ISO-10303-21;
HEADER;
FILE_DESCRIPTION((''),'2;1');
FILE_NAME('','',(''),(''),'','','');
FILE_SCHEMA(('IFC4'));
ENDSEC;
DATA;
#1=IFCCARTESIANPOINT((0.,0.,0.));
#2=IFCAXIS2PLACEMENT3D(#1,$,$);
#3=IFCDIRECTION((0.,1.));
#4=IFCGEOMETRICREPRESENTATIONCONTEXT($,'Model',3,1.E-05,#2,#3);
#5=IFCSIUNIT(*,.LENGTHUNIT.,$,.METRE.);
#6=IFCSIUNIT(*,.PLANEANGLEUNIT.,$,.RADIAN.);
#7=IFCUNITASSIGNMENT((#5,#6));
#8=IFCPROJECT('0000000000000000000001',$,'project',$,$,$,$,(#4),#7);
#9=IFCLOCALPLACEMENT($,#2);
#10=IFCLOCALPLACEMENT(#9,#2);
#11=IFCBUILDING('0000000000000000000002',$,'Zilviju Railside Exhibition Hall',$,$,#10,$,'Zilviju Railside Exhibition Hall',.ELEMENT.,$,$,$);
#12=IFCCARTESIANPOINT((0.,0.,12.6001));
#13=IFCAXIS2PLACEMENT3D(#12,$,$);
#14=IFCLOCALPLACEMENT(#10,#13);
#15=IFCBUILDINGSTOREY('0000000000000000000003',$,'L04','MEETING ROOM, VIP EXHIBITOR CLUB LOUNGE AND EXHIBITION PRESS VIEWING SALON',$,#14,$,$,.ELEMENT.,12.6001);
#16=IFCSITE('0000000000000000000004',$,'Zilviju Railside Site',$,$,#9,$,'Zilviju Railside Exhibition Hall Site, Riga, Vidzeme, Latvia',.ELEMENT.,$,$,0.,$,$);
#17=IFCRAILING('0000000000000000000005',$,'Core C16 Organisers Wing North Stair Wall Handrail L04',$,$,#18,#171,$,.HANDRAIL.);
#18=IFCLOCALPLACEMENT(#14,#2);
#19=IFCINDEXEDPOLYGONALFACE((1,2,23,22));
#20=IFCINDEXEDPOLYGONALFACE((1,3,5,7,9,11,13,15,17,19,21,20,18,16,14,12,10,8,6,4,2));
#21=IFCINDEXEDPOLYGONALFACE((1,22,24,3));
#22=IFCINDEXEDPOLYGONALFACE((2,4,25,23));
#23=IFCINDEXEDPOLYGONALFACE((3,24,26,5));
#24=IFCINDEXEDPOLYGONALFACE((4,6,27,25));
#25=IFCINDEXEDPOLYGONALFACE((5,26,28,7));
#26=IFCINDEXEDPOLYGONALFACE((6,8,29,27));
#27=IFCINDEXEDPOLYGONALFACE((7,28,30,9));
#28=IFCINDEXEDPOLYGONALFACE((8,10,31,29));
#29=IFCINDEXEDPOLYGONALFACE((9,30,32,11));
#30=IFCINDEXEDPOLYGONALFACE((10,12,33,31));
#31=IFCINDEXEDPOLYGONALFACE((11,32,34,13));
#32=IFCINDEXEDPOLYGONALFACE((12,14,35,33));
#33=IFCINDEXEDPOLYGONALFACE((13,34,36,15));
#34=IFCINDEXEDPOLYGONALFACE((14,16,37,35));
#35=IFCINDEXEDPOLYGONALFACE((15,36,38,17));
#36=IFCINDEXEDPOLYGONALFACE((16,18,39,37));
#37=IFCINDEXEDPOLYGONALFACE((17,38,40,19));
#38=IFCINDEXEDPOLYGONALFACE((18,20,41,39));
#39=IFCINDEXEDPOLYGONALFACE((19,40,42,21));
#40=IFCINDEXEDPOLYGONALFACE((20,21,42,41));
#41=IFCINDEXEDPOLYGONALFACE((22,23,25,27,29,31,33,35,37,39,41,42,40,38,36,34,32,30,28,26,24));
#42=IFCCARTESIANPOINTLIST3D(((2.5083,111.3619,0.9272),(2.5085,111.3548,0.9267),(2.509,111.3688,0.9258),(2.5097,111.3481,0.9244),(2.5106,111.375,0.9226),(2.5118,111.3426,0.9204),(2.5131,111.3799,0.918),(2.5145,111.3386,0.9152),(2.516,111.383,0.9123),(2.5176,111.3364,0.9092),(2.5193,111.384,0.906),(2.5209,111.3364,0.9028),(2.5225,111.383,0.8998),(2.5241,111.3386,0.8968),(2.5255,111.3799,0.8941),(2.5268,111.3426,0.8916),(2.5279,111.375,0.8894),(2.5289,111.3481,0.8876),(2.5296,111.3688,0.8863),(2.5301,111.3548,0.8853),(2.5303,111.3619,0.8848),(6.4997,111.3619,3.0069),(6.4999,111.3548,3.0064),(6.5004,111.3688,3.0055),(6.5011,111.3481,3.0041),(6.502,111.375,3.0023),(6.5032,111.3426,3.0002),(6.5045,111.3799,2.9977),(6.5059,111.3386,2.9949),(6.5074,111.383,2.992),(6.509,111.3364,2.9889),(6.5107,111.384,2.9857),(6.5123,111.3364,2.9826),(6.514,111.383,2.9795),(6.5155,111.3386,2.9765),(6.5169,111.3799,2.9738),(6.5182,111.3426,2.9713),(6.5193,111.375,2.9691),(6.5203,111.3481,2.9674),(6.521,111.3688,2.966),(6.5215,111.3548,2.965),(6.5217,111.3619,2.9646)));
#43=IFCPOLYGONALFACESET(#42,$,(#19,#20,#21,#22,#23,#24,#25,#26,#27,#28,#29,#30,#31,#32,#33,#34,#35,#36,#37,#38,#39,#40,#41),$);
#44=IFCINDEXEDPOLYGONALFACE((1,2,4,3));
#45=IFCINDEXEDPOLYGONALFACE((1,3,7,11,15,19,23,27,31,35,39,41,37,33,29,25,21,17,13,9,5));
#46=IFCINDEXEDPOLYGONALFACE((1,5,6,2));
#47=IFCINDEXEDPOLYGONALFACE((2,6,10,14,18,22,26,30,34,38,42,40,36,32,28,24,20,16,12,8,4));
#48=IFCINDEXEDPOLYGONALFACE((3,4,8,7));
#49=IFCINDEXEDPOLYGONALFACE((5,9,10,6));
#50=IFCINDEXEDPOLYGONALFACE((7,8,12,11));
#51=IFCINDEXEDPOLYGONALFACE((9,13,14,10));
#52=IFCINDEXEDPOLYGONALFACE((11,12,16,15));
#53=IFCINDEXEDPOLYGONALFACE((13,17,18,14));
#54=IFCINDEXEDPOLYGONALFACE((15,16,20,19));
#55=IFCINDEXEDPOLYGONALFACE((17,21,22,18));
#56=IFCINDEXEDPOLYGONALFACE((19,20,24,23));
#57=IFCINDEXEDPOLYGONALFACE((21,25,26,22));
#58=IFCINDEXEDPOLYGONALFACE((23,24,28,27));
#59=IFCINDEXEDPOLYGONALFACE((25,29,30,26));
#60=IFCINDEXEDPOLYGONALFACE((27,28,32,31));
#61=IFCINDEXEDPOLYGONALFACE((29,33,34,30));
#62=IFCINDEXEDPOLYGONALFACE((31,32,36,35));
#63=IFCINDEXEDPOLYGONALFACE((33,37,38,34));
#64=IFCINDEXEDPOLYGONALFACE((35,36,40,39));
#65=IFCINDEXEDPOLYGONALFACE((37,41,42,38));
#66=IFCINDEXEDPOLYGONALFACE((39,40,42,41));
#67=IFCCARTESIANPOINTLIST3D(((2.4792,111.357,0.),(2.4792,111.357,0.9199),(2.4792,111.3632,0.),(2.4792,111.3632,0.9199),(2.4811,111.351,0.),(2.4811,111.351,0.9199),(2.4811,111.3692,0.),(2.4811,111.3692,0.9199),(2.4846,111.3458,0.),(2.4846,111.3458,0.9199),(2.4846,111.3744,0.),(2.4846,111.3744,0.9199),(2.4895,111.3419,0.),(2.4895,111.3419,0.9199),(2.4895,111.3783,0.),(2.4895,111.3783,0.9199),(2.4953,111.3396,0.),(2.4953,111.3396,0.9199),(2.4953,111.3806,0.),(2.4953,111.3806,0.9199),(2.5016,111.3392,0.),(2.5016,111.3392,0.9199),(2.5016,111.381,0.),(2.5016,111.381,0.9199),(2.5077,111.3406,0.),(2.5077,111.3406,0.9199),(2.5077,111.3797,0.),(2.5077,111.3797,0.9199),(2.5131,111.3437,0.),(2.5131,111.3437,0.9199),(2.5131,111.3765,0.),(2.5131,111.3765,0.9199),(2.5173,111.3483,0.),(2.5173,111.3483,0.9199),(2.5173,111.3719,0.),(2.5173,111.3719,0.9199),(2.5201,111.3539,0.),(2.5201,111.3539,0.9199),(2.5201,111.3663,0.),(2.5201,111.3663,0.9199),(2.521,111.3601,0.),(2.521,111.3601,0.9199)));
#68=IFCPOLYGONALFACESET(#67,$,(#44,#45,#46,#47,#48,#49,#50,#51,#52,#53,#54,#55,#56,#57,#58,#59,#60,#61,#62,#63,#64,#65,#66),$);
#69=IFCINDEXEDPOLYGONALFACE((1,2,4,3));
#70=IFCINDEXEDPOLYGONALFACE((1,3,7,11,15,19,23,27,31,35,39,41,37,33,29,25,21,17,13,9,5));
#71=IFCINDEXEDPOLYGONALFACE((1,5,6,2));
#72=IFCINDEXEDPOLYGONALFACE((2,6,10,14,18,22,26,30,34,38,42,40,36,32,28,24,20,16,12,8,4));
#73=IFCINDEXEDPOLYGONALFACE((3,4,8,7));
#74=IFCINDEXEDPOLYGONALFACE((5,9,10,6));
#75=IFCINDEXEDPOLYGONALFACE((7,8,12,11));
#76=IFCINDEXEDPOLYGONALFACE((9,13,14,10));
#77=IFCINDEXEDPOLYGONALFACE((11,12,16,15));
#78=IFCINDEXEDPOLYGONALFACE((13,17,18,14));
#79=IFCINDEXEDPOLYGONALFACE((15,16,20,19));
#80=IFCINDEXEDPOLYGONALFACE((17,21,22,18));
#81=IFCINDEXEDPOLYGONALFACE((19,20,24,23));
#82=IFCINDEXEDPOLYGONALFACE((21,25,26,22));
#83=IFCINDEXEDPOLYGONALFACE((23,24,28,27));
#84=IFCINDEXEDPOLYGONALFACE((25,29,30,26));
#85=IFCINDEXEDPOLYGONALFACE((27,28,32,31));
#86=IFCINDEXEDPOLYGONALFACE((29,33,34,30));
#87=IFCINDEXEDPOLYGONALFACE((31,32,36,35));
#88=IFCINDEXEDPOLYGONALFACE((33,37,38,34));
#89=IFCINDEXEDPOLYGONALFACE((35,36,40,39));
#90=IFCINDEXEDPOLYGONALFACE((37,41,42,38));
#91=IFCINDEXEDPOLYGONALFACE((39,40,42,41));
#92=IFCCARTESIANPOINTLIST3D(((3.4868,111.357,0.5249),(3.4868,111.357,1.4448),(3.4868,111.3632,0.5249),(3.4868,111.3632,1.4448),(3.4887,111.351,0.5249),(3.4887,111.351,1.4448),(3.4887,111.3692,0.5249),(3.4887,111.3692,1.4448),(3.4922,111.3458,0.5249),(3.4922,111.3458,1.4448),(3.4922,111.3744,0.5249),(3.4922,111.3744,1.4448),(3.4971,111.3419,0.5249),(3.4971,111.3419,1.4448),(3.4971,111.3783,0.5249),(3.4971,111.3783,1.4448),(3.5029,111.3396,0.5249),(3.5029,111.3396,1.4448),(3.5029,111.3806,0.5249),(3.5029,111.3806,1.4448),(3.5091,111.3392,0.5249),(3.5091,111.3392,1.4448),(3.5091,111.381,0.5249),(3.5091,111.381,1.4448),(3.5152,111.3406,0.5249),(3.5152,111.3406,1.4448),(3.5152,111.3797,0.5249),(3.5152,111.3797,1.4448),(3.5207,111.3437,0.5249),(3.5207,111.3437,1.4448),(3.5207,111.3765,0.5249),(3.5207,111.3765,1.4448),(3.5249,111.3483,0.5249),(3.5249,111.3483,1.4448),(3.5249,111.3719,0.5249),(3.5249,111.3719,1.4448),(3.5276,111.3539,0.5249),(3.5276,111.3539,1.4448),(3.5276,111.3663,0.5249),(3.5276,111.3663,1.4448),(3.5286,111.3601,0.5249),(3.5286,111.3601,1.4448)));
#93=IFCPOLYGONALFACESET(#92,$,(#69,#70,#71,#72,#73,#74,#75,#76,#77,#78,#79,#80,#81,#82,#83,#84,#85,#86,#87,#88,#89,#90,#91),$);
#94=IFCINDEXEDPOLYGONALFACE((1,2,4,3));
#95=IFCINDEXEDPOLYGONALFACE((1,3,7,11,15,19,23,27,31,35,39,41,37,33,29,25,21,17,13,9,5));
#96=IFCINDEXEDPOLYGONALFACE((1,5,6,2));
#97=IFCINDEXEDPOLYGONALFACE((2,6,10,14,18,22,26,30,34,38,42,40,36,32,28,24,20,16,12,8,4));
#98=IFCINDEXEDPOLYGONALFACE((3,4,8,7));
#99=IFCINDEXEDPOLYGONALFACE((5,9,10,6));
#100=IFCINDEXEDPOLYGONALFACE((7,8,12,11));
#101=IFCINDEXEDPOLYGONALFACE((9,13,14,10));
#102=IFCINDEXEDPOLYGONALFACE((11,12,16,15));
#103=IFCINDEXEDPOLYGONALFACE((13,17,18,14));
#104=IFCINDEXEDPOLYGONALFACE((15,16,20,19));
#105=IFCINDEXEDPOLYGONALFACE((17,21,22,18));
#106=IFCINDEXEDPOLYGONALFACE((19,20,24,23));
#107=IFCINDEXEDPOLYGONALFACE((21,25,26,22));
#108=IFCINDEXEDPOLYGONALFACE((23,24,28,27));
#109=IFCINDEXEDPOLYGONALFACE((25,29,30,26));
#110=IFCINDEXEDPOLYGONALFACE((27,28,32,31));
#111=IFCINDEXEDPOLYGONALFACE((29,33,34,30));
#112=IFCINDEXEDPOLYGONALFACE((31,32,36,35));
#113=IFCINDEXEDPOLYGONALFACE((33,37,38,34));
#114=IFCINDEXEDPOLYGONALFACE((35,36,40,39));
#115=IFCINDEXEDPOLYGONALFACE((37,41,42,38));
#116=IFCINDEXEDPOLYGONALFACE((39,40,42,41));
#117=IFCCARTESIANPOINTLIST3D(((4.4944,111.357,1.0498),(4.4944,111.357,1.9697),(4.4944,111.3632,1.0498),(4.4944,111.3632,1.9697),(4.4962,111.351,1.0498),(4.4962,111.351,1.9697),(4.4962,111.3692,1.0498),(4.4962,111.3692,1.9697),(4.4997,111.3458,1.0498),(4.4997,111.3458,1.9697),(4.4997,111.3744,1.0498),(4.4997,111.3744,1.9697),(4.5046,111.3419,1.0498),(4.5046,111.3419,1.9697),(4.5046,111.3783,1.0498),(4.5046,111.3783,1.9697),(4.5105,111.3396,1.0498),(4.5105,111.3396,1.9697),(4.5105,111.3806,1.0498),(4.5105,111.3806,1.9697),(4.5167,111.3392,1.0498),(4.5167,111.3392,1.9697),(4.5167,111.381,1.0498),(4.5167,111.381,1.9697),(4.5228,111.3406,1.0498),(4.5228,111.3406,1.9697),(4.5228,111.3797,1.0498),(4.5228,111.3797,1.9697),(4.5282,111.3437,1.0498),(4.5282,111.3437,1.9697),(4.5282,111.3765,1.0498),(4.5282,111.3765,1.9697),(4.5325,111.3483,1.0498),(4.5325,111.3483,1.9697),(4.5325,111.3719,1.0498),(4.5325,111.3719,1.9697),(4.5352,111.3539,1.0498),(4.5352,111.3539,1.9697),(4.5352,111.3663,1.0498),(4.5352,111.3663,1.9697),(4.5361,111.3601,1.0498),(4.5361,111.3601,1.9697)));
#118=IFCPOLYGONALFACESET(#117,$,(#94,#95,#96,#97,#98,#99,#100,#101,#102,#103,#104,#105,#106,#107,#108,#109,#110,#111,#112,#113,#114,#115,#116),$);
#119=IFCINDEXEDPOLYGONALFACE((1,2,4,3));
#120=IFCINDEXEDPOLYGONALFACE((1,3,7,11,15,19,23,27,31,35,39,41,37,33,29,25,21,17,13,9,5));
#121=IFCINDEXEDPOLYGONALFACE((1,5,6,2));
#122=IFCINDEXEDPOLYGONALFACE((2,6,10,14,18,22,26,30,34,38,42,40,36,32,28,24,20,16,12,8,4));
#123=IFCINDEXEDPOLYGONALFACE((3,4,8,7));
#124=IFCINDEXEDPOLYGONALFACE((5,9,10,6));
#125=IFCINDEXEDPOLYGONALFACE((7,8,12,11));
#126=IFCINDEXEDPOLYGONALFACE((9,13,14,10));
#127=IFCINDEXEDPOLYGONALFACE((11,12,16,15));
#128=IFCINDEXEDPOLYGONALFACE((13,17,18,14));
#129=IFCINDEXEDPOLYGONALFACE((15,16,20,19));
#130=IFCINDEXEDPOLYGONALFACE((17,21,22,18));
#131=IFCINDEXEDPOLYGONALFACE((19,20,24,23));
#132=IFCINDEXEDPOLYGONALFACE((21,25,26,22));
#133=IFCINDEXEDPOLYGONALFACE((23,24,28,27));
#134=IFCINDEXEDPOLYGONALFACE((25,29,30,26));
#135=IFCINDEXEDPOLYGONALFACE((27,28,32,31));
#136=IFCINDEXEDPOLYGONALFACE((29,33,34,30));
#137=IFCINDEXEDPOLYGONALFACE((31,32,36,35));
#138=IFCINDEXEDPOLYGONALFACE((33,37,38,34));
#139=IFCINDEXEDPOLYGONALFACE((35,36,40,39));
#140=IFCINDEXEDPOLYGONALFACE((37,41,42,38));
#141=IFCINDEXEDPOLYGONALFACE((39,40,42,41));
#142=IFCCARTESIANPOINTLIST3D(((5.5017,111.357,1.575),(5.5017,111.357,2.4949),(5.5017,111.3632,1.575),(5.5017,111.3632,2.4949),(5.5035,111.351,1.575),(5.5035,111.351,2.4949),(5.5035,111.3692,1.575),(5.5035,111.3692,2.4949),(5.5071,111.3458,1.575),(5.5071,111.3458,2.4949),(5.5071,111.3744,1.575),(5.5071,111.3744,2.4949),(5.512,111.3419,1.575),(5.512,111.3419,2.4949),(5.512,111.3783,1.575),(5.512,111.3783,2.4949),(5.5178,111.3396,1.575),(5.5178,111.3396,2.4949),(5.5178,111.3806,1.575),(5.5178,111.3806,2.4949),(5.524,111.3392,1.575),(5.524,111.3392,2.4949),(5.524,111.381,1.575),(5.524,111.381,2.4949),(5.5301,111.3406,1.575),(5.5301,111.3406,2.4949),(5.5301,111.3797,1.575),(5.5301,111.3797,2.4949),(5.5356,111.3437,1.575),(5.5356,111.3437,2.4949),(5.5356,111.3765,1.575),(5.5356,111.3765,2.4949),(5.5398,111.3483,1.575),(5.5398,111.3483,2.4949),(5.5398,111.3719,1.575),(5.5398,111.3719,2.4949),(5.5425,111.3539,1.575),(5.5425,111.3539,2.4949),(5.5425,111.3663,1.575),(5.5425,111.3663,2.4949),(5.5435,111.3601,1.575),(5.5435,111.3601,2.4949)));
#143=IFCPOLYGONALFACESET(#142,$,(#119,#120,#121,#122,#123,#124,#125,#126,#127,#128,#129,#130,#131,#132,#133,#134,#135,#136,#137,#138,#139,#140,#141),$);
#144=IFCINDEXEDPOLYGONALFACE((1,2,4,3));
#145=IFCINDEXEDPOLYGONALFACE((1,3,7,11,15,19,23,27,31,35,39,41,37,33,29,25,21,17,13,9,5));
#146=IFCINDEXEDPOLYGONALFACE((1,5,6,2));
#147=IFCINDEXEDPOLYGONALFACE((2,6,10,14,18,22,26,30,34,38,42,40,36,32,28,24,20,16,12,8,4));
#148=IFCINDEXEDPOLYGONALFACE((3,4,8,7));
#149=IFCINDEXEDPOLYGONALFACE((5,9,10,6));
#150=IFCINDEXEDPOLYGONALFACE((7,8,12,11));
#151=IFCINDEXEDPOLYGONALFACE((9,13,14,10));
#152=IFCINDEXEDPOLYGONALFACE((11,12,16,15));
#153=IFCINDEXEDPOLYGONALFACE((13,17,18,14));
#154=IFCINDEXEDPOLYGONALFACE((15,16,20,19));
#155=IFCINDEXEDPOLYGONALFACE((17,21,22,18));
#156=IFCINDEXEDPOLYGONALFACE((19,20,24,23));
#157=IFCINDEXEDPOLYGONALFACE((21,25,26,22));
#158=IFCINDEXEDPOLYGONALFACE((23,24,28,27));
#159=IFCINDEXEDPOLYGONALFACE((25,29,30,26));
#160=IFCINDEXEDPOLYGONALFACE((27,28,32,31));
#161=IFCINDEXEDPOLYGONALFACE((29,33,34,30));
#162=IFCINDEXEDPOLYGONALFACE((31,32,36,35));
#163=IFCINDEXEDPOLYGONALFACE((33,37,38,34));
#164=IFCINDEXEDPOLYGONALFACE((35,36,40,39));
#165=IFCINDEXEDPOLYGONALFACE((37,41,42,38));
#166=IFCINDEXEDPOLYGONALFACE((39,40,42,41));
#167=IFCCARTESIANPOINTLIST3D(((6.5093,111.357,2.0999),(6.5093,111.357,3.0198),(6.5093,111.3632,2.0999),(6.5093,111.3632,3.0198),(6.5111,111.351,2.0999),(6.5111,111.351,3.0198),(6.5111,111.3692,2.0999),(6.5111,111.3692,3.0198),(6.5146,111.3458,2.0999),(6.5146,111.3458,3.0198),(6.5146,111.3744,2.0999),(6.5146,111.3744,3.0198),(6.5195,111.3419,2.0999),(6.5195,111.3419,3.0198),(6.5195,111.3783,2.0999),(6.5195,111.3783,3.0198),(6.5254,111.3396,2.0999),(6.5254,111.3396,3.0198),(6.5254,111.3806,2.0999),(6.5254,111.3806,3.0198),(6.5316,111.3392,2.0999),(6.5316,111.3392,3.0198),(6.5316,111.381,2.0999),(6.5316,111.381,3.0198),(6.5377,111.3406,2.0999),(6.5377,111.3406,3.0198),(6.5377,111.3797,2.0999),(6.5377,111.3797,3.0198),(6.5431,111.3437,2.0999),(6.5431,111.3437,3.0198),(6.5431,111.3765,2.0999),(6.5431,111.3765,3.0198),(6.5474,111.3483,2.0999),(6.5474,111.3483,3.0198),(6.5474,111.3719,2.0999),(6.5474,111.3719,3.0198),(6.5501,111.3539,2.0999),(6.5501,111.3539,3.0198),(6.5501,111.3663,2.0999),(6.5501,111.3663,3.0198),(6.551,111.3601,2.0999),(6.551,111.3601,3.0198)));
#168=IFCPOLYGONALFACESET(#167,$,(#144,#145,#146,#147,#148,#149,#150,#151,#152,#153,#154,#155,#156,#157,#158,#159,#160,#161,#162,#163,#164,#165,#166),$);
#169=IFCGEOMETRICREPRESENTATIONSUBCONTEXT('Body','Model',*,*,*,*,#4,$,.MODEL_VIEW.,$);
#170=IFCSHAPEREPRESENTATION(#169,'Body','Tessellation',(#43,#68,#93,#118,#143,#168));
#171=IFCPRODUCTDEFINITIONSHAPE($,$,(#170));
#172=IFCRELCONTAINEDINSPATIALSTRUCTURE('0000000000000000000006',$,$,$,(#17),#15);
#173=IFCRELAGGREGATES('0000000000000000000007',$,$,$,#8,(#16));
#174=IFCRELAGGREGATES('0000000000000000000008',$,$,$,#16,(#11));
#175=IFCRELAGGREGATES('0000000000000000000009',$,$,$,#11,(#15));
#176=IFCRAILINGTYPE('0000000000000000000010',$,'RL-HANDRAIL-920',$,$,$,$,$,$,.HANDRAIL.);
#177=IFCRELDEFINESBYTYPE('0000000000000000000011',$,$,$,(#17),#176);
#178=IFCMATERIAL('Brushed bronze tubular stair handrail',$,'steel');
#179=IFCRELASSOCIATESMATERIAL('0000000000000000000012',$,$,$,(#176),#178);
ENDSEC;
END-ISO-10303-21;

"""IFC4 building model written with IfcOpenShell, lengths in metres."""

from ifc_helpers import new_model, si_unit, direction, frame, origin, origin_2d, place, context, subcontext, project, spatial, circle, extrude, material, type_object, element, save


model = new_model("IFC4")

# Units and contexts
model_context = context("Model", 3, precision=1e-05, world=origin(), true_north=direction((0.0, 1.0)))
body_context = subcontext(model_context, "Body", "Model", "MODEL_VIEW")
ifc_project = project(units=[si_unit("LENGTHUNIT", "METRE"), si_unit("PLANEANGLEUNIT", "RADIAN")], contexts=[model_context])

# Site, building, storey
site_placement = place(None, origin())
site = spatial("IfcSite", under=ifc_project, at=site_placement, Name="Zilviju Railside Site", LongName="Zilviju Railside Exhibition Hall Site, Riga, Vidzeme, Latvia", CompositionType="ELEMENT", RefElevation=0.0)
building_placement = place(site_placement, origin())
building = spatial("IfcBuilding", under=site, at=building_placement, Name="Zilviju Railside Exhibition Hall", LongName="Zilviju Railside Exhibition Hall", CompositionType="ELEMENT")
storey_placement = place(building_placement, frame((0.0, 0.0, 12.6001)))
storey = spatial("IfcBuildingStorey", under=building, at=storey_placement, Name="L04", Description="MEETING ROOM, VIP EXHIBITOR CLUB LOUNGE AND EXHIBITION PRESS VIEWING SALON", CompositionType="ELEMENT", Elevation=12.6001)

# Railing
ifc_material_1 = material(Name="Brushed bronze tubular stair handrail", Category="steel")
railing_type_1 = type_object("IfcRailingType", Name="RL-HANDRAIL-920", PredefinedType="HANDRAIL", material=ifc_material_1)
for number, where, name in (
    (1, (2.5, 111.3601, 0.0), "Core C16 Organisers Wing North Stair Wall Handrail L04"),
):
    element("IfcRailing", number, at=place(storey_placement, frame(where)), inside=storey, type_object=railing_type_1, Name=name, PredefinedType="HANDRAIL", context=body_context, shape_type="SweptSolid", body=[
        extrude(circle(Radius=0.0239, at=origin_2d()), frame((0.0193, 0.0, 0.906), z_axis=(0.886835, 0.0, 0.462087), x_axis=(0.0, 1.0, 0.0)), (0.0, 0.0, 1.0), 4.5007),
        extrude(circle(Radius=0.021, at=origin_2d()), origin(), (0.0, 0.0, 1.0), 0.9199),
        extrude(circle(Radius=0.021, at=origin_2d()), frame((1.0076, 0.0, 0.5249)), (0.0, 0.0, 1.0), 0.9199),
        extrude(circle(Radius=0.021, at=origin_2d()), frame((2.0151, 0.0, 1.0498)), (0.0, 0.0, 1.0), 0.9199),
        extrude(circle(Radius=0.021, at=origin_2d()), frame((3.0225, 0.0, 1.575)), (0.0, 0.0, 1.0), 0.9199),
        extrude(circle(Radius=0.021, at=origin_2d()), frame((4.03, 0.0, 2.0999)), (0.0, 0.0, 1.0), 0.9199),
    ])

save(model, "model.ifc")
